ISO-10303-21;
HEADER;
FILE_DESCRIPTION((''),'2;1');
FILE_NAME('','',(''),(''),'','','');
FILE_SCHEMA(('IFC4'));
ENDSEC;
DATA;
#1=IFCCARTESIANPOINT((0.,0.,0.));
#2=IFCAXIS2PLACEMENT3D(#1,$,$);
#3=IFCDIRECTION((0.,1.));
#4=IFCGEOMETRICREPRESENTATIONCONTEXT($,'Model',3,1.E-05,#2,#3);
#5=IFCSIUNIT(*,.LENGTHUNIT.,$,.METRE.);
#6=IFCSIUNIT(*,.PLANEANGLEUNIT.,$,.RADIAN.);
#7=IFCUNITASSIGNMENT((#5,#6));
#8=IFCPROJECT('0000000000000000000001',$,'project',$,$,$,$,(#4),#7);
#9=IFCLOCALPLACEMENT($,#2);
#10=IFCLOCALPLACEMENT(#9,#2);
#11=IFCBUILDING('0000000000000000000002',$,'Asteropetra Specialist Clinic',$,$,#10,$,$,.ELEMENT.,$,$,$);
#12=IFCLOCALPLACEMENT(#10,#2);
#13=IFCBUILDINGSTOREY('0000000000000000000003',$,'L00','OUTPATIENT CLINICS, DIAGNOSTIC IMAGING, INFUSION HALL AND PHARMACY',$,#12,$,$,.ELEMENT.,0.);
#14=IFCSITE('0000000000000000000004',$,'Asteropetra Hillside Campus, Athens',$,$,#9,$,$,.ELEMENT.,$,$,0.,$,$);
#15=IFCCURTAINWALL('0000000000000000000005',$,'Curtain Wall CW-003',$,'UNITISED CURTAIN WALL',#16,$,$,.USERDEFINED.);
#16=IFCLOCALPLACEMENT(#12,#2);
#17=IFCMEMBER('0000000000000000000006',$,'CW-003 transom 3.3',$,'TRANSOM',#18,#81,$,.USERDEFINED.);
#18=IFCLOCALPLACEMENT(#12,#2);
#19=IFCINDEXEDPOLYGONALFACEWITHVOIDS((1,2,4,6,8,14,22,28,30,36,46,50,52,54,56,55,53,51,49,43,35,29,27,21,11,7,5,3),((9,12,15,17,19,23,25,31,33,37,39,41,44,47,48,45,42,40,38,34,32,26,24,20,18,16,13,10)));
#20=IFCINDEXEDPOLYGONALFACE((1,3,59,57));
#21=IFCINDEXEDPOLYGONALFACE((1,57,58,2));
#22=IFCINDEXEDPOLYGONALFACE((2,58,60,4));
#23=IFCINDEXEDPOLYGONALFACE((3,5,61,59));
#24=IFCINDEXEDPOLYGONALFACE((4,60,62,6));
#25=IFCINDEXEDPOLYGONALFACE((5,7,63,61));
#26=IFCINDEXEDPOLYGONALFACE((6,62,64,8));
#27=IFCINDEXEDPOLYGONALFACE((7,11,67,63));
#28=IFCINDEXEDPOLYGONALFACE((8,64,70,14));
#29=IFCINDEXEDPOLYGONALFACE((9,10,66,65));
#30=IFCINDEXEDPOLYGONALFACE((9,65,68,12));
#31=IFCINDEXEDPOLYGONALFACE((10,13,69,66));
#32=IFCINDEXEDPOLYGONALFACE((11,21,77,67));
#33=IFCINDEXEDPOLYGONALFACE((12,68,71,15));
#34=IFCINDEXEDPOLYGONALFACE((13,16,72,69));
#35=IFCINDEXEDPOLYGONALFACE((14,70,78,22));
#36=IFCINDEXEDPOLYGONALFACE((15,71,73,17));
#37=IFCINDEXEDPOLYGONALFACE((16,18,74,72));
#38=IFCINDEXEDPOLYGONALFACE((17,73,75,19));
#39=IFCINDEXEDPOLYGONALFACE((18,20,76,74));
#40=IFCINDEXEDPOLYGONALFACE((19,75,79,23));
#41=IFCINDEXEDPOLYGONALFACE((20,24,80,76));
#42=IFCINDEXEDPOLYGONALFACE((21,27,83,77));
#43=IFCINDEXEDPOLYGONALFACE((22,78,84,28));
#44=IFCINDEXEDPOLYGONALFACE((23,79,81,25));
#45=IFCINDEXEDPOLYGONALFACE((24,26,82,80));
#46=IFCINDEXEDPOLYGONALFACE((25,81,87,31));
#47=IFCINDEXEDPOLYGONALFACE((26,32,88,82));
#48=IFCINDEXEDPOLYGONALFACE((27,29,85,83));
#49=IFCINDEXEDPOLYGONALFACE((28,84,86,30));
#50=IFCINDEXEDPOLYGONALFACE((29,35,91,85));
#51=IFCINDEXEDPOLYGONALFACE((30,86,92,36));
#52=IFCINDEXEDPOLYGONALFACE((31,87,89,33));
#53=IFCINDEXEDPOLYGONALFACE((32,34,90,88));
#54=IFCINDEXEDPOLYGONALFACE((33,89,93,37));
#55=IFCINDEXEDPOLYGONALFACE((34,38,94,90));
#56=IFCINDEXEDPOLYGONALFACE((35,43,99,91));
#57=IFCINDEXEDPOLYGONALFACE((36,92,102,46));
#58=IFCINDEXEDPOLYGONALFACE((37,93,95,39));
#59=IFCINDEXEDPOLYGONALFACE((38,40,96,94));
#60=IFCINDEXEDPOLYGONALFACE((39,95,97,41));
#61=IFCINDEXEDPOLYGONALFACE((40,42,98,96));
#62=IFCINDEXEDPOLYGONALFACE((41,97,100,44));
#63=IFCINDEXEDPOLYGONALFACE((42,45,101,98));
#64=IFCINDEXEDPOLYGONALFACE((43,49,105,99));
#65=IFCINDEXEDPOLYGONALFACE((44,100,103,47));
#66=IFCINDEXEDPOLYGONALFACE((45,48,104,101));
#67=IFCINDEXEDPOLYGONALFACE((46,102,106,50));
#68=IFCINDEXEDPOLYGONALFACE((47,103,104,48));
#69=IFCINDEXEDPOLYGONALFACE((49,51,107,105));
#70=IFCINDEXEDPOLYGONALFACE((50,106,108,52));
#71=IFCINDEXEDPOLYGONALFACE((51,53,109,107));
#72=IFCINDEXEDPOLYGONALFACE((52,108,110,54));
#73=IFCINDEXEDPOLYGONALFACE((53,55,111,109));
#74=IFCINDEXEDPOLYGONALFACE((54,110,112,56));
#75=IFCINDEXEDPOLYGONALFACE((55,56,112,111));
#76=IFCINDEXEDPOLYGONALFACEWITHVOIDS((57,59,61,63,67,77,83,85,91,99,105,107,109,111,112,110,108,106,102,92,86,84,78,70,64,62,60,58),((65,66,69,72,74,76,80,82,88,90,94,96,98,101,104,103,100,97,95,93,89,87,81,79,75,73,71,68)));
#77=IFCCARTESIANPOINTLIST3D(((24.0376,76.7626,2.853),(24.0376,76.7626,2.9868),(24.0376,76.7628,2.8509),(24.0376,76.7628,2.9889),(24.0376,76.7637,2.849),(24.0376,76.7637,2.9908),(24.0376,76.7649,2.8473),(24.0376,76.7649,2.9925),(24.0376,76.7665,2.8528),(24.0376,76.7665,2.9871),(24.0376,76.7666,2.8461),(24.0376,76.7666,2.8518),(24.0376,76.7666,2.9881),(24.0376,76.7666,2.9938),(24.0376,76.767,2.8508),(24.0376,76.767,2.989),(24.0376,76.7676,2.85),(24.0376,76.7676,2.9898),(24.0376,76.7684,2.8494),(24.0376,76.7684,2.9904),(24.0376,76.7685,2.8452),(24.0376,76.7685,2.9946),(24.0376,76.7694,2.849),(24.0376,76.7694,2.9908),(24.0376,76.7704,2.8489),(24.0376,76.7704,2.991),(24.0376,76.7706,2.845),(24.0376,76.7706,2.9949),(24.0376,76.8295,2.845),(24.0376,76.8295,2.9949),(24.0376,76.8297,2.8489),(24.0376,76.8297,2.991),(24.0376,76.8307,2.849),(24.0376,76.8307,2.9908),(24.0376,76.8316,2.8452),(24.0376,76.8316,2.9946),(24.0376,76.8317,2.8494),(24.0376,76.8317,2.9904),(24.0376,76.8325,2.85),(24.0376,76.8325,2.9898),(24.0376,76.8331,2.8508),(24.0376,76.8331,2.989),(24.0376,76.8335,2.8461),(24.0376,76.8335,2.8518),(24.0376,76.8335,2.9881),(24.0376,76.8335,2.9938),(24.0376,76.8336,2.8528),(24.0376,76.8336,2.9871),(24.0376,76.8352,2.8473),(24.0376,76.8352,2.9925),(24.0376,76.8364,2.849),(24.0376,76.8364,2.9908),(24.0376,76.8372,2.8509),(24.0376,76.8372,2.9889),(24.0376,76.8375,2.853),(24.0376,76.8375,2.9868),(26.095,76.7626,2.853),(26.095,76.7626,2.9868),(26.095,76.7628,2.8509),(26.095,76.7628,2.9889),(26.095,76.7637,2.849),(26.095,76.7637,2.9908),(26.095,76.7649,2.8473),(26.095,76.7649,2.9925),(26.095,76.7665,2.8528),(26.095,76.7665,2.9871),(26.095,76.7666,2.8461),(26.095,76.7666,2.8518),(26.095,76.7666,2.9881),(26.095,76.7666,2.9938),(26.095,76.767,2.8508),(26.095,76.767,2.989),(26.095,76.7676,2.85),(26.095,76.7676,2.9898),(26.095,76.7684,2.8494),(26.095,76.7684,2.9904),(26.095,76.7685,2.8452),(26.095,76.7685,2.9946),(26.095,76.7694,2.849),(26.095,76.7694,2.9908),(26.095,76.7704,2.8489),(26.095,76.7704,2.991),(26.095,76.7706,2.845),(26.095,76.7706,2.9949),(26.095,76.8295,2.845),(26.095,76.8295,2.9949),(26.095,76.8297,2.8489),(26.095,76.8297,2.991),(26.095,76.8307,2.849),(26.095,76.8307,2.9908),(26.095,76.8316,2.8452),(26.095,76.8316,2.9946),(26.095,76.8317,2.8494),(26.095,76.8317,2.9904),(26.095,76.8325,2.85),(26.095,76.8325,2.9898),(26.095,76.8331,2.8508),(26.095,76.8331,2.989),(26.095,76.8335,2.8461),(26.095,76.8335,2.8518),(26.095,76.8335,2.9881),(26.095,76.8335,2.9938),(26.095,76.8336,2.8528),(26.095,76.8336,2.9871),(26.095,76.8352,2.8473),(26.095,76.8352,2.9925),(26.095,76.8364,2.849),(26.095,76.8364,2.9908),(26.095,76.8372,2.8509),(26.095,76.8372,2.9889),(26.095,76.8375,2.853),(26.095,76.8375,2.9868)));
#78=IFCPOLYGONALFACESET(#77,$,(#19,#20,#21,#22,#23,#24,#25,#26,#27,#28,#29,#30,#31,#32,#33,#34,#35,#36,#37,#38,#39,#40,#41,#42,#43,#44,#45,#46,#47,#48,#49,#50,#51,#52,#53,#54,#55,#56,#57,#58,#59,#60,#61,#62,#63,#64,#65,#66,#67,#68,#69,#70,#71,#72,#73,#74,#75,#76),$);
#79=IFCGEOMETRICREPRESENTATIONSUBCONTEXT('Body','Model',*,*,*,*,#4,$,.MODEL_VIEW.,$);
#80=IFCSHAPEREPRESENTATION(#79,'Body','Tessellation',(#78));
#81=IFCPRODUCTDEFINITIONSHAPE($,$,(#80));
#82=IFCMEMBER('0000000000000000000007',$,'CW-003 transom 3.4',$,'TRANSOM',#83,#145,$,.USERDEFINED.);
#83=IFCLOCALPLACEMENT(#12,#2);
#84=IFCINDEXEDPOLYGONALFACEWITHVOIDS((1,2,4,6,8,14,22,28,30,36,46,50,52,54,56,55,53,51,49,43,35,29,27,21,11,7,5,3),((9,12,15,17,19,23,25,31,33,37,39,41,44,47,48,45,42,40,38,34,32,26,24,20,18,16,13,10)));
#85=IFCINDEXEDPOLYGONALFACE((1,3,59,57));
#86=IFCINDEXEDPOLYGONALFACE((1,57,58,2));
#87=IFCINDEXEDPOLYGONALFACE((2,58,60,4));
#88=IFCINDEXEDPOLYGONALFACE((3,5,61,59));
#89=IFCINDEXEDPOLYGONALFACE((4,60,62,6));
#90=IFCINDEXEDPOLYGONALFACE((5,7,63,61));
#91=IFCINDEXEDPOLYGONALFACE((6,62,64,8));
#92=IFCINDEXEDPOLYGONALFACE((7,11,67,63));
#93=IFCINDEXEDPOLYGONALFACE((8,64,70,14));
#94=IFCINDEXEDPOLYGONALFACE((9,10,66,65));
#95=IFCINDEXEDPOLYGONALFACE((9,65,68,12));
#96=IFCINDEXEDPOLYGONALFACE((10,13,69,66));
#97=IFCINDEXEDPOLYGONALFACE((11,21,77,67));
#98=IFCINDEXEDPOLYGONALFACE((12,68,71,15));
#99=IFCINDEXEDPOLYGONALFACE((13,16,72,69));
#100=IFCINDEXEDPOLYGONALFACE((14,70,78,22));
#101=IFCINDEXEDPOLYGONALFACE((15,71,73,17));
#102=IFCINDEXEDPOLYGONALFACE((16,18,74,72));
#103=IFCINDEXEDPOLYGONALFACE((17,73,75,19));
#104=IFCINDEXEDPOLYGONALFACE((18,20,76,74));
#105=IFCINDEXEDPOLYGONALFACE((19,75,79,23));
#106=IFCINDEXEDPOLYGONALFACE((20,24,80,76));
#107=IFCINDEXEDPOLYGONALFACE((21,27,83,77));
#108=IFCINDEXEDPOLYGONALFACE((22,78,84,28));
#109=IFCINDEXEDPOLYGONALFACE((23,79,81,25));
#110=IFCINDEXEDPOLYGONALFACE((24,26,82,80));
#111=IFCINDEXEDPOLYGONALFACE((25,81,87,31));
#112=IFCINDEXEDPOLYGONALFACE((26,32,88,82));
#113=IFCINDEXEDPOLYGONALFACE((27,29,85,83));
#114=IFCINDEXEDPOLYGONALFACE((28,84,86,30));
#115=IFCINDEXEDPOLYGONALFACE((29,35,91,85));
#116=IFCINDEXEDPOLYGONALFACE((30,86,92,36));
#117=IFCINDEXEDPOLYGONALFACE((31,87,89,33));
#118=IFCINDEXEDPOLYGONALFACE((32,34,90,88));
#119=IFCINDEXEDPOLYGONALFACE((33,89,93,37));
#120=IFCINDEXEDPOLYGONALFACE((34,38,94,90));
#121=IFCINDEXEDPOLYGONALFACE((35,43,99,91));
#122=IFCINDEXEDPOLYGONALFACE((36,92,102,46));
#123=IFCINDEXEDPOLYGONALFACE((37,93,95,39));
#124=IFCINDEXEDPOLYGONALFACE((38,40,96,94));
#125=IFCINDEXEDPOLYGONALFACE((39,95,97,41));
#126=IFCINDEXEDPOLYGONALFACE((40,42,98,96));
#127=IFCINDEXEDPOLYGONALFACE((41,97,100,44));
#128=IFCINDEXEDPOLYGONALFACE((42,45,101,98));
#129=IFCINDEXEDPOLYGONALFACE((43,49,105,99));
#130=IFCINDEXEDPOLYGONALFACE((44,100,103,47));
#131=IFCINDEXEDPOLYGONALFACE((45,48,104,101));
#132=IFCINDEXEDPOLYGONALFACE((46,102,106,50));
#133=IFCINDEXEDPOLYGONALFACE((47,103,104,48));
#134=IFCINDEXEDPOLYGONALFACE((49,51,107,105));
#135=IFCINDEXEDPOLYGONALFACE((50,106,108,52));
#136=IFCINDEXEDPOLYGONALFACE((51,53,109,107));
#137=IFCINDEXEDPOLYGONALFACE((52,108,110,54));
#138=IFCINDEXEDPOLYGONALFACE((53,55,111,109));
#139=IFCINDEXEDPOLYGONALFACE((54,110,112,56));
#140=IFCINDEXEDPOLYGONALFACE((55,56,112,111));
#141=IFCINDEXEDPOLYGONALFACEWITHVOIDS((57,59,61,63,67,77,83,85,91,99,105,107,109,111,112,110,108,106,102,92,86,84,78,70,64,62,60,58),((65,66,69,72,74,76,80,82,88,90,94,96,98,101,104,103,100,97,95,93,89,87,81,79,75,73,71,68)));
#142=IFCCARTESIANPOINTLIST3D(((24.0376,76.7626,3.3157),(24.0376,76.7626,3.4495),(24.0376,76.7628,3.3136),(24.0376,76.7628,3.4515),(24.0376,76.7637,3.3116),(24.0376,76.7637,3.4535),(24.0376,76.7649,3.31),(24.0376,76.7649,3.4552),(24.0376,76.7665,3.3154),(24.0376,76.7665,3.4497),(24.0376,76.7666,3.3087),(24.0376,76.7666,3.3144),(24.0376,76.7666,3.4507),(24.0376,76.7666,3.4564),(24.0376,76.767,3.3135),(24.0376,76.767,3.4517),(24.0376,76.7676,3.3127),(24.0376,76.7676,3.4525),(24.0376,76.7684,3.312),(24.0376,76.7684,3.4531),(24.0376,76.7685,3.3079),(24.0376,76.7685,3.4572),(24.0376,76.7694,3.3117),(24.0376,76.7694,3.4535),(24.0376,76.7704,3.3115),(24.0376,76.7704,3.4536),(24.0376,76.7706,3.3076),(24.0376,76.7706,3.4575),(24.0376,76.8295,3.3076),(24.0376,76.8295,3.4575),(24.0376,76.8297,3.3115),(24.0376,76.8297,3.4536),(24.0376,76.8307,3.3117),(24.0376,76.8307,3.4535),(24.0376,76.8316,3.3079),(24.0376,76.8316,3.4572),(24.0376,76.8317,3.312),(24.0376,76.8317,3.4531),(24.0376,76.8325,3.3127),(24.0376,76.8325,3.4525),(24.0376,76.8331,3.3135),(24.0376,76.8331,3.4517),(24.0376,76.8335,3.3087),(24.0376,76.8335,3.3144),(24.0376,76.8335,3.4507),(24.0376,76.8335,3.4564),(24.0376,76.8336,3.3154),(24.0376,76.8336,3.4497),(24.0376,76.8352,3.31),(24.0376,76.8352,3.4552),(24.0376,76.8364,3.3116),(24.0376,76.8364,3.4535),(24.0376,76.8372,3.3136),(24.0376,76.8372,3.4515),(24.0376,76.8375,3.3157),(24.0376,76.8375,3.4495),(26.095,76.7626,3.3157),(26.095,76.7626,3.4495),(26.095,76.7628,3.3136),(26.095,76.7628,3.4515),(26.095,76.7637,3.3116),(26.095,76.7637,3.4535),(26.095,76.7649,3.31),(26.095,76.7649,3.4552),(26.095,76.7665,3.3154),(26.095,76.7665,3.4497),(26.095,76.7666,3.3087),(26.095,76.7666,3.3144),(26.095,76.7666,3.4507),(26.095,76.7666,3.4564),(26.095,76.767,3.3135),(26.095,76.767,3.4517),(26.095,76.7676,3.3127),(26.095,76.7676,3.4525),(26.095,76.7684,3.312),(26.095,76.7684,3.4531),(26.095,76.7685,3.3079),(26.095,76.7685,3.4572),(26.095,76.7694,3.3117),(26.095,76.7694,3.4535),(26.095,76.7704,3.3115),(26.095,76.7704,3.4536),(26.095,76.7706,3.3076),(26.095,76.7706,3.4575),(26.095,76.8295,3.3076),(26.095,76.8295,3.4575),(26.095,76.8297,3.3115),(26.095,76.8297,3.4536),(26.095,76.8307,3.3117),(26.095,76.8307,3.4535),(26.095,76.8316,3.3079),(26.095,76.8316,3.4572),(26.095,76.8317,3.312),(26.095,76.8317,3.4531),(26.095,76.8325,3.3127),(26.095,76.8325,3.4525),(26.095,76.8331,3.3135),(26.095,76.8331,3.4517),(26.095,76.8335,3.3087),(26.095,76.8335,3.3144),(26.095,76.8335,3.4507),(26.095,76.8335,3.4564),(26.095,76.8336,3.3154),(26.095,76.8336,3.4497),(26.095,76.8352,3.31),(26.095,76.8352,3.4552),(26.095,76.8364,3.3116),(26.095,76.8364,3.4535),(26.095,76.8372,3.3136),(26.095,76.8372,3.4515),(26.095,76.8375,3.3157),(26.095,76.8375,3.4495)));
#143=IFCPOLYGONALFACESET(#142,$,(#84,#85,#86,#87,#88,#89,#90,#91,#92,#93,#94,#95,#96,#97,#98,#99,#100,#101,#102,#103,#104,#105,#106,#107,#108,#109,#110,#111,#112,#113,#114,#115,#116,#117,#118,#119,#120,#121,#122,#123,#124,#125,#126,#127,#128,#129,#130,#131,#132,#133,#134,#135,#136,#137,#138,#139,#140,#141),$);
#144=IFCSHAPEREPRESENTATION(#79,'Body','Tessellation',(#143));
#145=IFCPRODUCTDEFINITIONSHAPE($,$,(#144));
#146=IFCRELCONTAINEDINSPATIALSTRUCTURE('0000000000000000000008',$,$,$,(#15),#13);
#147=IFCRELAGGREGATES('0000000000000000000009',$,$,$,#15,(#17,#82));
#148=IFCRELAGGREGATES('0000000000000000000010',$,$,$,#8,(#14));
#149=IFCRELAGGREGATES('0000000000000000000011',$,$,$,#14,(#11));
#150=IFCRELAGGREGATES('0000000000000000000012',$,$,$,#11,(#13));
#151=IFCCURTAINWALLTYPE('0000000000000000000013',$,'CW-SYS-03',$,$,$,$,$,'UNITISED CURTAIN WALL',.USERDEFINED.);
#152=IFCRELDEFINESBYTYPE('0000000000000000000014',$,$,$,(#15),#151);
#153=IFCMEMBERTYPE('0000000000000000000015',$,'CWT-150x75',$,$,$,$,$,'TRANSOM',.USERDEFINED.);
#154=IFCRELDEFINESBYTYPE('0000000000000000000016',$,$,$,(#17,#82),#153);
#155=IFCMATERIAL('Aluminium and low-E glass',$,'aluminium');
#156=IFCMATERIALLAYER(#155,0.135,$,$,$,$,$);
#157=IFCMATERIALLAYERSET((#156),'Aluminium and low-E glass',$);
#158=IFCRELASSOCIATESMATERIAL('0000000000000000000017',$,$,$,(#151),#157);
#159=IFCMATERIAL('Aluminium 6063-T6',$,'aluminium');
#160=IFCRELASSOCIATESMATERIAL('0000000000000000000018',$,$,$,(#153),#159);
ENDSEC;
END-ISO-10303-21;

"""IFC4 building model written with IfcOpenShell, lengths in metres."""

from ifc_helpers import new_model, si_unit, direction, frame, origin, origin_2d, place, context, subcontext, project, spatial, hollow_rectangle, extrude, material, layer, layer_set, material_profile, profile_set, type_object, element, aggregate, save


model = new_model("IFC4")

# Units and contexts
model_context = context("Model", 3, precision=1e-05, world=origin(), true_north=direction((0.0, 1.0)))
body_context = subcontext(model_context, "Body", "Model", "MODEL_VIEW")
ifc_project = project(units=[si_unit("LENGTHUNIT", "METRE"), si_unit("PLANEANGLEUNIT", "RADIAN")], contexts=[model_context])

# Site, building, storey
site_placement = place(None, origin())
site = spatial("IfcSite", under=ifc_project, at=site_placement, Name="Asteropetra Hillside Campus, Athens", CompositionType="ELEMENT", RefElevation=0.0)
building_placement = place(site_placement, origin())
building = spatial("IfcBuilding", under=site, at=building_placement, Name="Asteropetra Specialist Clinic", CompositionType="ELEMENT")
storey_placement = place(building_placement, origin())
storey = spatial("IfcBuildingStorey", under=building, at=storey_placement, Name="L00", Description="OUTPATIENT CLINICS, DIAGNOSTIC IMAGING, INFUSION HALL AND PHARMACY", CompositionType="ELEMENT", Elevation=0.0)

# Curtain wall, members
ifc_material_1 = material(Name="Aluminium and low-E glass", Category="aluminium")
ifc_layer_1 = layer(ifc_material_1, 0.135)
ifc_layer_set_1 = layer_set([ifc_layer_1], Name="Aluminium and low-E glass")
curtain_wall_type = type_object("IfcCurtainWallType", Name="CW-SYS-03", ElementType="UNITISED CURTAIN WALL", PredefinedType="USERDEFINED", material=ifc_layer_set_1)
curtain_wall_placement = place(storey_placement, origin())
curtain_wall = element("IfcCurtainWall", 1, at=curtain_wall_placement, inside=storey, type_object=curtain_wall_type, Name="Curtain Wall CW-003", ObjectType="UNITISED CURTAIN WALL", PredefinedType="USERDEFINED")
ifc_material_2 = material(Name="Aluminium 6063-T6", Category="aluminium")
ifc_material_profile_1 = material_profile(ifc_material_2, hollow_rectangle(XDim=0.075, YDim=0.1499, WallThickness=0.0039, InnerFilletRadius=0.0039, OuterFilletRadius=0.0081, at=origin_2d()), Name="TRN 150x75x4.0")
ifc_profile_set_1 = profile_set([ifc_material_profile_1], Name="Aluminium 6063-T6")
member_type_1 = type_object("IfcMemberType", Name="CWT-150x75", ElementType="TRANSOM", PredefinedType="USERDEFINED", material=ifc_profile_set_1)
member_1_placement = place(storey_placement, frame((24.0376, 76.8, 2.9199), z_axis=(1.0, 0.0, 0.0), x_axis=(0.0, 1.0, 0.0)))
member_1 = element("IfcMember", 2, at=member_1_placement, type_object=member_type_1, Name="CW-003 transom 3.3", ObjectType="TRANSOM", PredefinedType="USERDEFINED", context=body_context, shape_type="SweptSolid", body=[
    extrude(hollow_rectangle(XDim=0.075, YDim=0.1499, WallThickness=0.0039, InnerFilletRadius=0.0039, OuterFilletRadius=0.0081, at=origin_2d()), origin(), (0.0, 0.0, 1.0), 2.0574),
])
member_2_placement = place(storey_placement, frame((24.0376, 76.8, 3.3826), z_axis=(1.0, 0.0, 0.0), x_axis=(0.0, 1.0, 0.0)))
member_2 = element("IfcMember", 3, at=member_2_placement, type_object=member_type_1, Name="CW-003 transom 3.4", ObjectType="TRANSOM", PredefinedType="USERDEFINED", context=body_context, shape_type="SweptSolid", body=[
    extrude(hollow_rectangle(XDim=0.075, YDim=0.1499, WallThickness=0.0039, InnerFilletRadius=0.0039, OuterFilletRadius=0.0081, at=origin_2d()), origin(), (0.0, 0.0, 1.0), 2.0574),
])
aggregate(curtain_wall, [member_1, member_2])

save(model, "model.ifc")
